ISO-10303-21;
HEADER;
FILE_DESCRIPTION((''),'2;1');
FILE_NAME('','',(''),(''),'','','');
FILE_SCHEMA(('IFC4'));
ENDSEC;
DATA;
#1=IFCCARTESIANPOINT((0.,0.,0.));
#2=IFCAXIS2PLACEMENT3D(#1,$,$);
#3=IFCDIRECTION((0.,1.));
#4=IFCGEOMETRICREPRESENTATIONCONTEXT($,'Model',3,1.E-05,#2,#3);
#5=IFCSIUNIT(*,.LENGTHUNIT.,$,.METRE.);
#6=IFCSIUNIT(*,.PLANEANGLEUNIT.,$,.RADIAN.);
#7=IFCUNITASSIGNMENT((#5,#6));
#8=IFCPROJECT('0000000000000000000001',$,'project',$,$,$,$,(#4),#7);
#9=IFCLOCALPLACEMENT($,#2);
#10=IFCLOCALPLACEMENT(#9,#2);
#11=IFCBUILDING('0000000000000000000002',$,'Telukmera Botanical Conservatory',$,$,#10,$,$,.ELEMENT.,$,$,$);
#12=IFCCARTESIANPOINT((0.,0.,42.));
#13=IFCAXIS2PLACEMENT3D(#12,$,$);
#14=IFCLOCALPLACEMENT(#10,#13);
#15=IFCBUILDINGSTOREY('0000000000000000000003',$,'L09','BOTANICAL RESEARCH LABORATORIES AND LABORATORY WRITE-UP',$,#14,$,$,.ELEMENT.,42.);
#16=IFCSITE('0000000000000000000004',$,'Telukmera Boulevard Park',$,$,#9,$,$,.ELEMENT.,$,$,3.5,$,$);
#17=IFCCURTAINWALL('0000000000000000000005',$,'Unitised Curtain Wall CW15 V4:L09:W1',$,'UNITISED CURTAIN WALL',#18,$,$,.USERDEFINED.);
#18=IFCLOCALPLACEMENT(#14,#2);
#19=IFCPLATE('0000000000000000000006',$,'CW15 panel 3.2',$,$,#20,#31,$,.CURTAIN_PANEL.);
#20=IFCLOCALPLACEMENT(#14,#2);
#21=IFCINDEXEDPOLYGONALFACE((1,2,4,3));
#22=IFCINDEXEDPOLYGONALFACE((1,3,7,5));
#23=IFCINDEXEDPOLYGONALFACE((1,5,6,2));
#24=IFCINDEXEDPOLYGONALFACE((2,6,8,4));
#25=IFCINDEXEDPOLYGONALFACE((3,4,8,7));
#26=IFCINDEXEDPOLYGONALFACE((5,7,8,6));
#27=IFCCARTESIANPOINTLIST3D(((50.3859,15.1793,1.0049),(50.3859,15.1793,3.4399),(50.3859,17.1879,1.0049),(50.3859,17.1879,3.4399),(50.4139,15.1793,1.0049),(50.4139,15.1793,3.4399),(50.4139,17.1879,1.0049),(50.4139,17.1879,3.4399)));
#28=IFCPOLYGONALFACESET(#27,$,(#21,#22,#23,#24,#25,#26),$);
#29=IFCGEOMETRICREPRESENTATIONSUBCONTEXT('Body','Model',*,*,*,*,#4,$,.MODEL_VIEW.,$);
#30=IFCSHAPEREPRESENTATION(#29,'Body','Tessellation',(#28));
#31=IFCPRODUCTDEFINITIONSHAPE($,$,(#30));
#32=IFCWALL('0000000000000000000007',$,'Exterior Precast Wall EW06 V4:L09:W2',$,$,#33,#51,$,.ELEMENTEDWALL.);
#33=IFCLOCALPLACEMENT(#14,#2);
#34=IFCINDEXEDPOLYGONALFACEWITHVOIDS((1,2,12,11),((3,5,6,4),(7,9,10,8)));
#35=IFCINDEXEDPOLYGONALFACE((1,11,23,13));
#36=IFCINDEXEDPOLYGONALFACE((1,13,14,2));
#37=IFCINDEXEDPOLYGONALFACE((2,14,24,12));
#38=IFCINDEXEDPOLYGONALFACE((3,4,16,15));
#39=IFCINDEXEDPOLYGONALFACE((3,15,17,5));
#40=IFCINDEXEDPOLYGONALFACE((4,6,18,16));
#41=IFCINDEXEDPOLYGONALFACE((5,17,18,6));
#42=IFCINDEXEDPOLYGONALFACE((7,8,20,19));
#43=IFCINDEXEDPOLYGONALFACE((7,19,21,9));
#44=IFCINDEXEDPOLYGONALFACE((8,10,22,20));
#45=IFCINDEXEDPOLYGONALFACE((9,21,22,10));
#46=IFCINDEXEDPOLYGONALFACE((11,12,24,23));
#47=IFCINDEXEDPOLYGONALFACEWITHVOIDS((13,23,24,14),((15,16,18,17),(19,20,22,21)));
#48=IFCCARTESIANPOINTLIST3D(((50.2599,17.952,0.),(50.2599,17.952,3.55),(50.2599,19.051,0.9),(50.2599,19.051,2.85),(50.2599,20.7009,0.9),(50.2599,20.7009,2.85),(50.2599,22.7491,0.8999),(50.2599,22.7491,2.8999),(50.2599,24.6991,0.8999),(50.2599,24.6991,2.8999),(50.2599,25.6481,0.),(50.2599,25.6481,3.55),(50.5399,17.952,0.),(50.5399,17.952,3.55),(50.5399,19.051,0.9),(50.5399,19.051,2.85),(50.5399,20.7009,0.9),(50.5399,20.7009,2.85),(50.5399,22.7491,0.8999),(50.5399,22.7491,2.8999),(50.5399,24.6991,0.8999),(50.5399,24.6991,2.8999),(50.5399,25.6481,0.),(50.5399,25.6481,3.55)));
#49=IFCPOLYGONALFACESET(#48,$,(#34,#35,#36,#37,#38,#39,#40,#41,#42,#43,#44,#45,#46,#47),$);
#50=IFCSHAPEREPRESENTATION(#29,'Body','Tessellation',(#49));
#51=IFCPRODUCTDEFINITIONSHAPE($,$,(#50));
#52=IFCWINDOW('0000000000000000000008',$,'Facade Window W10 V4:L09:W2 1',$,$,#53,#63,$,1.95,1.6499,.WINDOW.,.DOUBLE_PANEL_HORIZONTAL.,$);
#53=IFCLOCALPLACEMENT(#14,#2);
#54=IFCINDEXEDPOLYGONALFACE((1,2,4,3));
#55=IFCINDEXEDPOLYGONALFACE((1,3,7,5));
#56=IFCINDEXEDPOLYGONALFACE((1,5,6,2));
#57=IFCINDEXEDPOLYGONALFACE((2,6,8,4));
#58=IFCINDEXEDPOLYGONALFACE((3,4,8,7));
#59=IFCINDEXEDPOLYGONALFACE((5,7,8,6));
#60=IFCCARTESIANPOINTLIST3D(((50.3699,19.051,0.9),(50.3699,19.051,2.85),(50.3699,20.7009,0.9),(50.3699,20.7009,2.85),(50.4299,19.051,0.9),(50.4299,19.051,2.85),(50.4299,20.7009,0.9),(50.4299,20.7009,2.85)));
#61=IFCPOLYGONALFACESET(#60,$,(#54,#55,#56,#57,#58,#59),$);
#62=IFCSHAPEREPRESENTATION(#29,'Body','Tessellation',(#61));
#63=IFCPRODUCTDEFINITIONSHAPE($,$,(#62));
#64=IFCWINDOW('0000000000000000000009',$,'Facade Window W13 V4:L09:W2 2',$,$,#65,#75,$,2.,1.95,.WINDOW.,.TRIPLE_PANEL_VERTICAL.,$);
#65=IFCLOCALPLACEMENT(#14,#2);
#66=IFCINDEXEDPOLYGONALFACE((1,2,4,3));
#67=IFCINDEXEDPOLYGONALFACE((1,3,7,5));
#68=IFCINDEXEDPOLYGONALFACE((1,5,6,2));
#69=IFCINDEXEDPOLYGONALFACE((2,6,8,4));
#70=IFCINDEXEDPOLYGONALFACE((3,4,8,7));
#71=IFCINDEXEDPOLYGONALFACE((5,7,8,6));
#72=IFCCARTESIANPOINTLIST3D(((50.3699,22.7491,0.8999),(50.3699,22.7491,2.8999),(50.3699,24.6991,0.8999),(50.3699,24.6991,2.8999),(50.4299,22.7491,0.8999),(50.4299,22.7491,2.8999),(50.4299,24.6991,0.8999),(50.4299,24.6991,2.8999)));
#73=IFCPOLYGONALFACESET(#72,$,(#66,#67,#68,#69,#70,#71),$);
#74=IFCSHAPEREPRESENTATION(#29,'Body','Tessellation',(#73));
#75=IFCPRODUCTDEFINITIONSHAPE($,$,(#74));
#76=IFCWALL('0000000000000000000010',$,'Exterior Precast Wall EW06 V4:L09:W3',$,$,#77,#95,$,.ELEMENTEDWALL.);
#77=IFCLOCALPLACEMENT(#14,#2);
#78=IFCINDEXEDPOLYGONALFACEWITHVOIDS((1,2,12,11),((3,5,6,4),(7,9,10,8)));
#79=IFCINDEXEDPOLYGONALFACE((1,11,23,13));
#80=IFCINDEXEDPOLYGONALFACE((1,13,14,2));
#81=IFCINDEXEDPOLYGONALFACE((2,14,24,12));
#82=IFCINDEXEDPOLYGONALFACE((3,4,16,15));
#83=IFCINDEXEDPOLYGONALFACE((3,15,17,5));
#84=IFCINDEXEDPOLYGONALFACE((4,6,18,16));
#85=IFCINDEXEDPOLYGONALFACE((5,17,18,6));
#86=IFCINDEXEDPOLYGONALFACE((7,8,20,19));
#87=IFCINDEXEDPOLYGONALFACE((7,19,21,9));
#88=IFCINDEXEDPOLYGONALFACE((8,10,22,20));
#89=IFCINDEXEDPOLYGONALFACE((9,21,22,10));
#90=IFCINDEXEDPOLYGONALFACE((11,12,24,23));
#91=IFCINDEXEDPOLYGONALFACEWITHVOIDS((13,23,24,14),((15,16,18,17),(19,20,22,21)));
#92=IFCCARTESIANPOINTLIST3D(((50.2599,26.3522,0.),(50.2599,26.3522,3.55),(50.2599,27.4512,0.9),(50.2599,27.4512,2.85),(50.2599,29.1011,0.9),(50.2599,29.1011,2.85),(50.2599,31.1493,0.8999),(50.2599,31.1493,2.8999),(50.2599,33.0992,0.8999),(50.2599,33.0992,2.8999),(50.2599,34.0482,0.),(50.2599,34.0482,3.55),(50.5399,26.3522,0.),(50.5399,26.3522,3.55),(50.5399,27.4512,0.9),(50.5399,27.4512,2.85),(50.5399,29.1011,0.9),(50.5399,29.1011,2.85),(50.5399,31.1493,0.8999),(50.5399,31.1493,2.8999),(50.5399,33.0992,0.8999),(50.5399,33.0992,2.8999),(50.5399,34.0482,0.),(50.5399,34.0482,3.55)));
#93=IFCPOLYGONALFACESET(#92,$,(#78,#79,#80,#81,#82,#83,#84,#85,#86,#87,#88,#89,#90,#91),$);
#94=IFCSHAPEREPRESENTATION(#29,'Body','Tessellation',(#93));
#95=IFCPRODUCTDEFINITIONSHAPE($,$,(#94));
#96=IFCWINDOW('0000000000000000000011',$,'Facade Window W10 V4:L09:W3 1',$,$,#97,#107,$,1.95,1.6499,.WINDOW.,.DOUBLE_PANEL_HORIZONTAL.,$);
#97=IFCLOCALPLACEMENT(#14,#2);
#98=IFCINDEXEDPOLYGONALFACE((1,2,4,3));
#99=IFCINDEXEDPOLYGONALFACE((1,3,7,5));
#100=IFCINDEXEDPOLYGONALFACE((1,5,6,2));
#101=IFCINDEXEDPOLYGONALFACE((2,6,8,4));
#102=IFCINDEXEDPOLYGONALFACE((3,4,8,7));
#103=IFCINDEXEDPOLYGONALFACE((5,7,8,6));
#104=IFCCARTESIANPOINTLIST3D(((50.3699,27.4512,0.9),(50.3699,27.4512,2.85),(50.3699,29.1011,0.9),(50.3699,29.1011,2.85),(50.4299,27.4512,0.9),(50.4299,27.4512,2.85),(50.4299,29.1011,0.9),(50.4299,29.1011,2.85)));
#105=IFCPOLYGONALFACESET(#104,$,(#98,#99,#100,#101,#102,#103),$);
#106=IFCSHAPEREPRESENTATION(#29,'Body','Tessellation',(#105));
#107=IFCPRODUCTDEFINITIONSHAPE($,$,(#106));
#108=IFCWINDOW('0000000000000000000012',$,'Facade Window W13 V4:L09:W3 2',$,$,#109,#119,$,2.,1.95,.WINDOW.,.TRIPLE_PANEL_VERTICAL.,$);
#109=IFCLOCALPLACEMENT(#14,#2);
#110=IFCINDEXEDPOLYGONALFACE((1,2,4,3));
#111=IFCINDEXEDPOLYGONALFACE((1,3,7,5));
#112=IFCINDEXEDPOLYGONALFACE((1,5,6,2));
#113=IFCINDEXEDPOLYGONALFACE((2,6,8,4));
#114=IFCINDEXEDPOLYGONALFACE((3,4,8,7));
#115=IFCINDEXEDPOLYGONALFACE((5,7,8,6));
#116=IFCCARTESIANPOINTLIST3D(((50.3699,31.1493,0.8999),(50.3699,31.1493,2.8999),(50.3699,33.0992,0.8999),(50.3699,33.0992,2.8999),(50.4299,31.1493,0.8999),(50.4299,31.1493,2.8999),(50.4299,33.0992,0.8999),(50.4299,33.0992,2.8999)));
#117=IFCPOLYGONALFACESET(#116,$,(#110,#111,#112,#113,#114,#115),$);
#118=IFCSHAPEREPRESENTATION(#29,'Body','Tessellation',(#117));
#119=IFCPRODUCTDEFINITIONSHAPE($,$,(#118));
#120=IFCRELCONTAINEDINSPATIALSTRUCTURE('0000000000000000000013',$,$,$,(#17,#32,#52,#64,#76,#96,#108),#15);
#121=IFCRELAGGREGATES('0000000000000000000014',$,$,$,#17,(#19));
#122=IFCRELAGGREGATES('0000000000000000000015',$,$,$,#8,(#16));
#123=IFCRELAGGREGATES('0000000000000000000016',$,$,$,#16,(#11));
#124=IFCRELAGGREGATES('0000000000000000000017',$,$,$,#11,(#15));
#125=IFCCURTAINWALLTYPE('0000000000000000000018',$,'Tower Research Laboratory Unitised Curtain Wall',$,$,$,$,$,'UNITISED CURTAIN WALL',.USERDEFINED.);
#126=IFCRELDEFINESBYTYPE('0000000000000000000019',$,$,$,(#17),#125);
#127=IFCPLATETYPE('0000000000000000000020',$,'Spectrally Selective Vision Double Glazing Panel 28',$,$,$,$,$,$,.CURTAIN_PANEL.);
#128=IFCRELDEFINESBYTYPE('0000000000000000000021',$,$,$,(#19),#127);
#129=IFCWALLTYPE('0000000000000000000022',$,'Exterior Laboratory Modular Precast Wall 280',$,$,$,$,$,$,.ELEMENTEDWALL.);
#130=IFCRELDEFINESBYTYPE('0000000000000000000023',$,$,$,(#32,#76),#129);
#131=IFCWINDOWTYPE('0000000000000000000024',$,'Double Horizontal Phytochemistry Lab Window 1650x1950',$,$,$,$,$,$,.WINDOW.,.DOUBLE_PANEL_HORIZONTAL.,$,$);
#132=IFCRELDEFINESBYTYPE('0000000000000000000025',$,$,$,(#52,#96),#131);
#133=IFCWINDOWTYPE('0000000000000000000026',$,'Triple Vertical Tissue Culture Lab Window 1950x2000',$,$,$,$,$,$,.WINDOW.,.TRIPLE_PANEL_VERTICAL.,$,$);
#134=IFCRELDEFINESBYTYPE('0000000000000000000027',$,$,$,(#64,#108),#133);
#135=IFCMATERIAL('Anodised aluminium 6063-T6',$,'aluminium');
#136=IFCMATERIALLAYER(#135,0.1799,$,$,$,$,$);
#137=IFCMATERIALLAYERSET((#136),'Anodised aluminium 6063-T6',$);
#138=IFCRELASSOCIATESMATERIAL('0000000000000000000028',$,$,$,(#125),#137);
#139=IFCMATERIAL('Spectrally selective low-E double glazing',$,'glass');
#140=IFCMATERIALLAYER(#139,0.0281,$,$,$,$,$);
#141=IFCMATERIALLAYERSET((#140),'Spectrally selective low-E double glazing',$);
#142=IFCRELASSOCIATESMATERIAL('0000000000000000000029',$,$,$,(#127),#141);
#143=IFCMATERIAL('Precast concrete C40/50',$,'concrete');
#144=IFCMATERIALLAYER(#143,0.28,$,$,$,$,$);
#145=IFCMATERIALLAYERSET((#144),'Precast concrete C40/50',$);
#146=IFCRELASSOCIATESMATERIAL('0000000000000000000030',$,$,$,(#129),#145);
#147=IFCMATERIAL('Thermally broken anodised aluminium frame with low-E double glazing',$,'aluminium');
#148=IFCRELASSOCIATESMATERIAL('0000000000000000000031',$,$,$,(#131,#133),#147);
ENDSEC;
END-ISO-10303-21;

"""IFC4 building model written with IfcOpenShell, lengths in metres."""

from ifc_helpers import new_model, si_unit, direction, frame, frame_2d, origin, origin_2d, place, context, subcontext, project, spatial, rectangle, extrude, material, layer, layer_set, type_object, element, fill, aggregate, save


model = new_model("IFC4")

# Units and contexts
model_context = context("Model", 3, precision=1e-05, world=origin(), true_north=direction((0.0, 1.0)))
body_context = subcontext(model_context, "Body", "Model", "MODEL_VIEW")
ifc_project = project(units=[si_unit("LENGTHUNIT", "METRE"), si_unit("PLANEANGLEUNIT", "RADIAN")], contexts=[model_context])

# Site, building, storey
site_placement = place(None, origin())
site = spatial("IfcSite", under=ifc_project, at=site_placement, Name="Telukmera Boulevard Park", CompositionType="ELEMENT", RefElevation=3.5)
building_placement = place(site_placement, origin())
building = spatial("IfcBuilding", under=site, at=building_placement, Name="Telukmera Botanical Conservatory", CompositionType="ELEMENT")
storey_placement = place(building_placement, frame((0.0, 0.0, 42.0)))
storey = spatial("IfcBuildingStorey", under=building, at=storey_placement, Name="L09", Description="BOTANICAL RESEARCH LABORATORIES AND LABORATORY WRITE-UP", CompositionType="ELEMENT", Elevation=42.0)

# Shared definitions
ifc_material_1 = material(Name="Precast concrete C40/50", Category="concrete")

# Curtain wall
ifc_material_2 = material(Name="Anodised aluminium 6063-T6", Category="aluminium")
ifc_layer_1 = layer(ifc_material_2, 0.1799)
ifc_layer_set_1 = layer_set([ifc_layer_1], Name="Anodised aluminium 6063-T6")
curtain_wall_type = type_object("IfcCurtainWallType", Name="Tower Research Laboratory Unitised Curtain Wall", ElementType="UNITISED CURTAIN WALL", PredefinedType="USERDEFINED", material=ifc_layer_set_1)
curtain_wall_1_placement = place(storey_placement, origin())
curtain_wall_1 = element("IfcCurtainWall", 1, at=curtain_wall_1_placement, inside=storey, type_object=curtain_wall_type, Name="Unitised Curtain Wall CW15 V4:L09:W1", ObjectType="UNITISED CURTAIN WALL", PredefinedType="USERDEFINED")

# Plate
ifc_material_3 = material(Name="Spectrally selective low-E double glazing", Category="glass")
ifc_layer_2 = layer(ifc_material_3, 0.0281)
ifc_layer_set_2 = layer_set([ifc_layer_2], Name="Spectrally selective low-E double glazing")
plate_type = type_object("IfcPlateType", Name="Spectrally Selective Vision Double Glazing Panel 28", PredefinedType="CURTAIN_PANEL", material=ifc_layer_set_2)
plate_1_placement = place(storey_placement, frame((50.3999, 16.1836, 1.0049), z_axis=(0.0, 0.0, 1.0), x_axis=(0.0, 1.0, 0.0)))
plate_1 = element("IfcPlate", 2, at=plate_1_placement, type_object=plate_type, Name="CW15 panel 3.2", PredefinedType="CURTAIN_PANEL", context=body_context, shape_type="SweptSolid", body=[
    extrude(rectangle(XDim=2.0085, YDim=0.0281, at=origin_2d()), origin(), (0.0, 0.0, 1.0), 2.4351),
])
aggregate(curtain_wall_1, [plate_1])

# Walls, openings, windows
ifc_layer_3 = layer(ifc_material_1, 0.28)
ifc_layer_set_3 = layer_set([ifc_layer_3], Name="Precast concrete C40/50")
wall_type = type_object("IfcWallType", Name="Exterior Laboratory Modular Precast Wall 280", PredefinedType="ELEMENTEDWALL", material=ifc_layer_set_3)
wall_1_placement = place(storey_placement, frame((50.3999, 17.9519, 0.0), z_axis=(0.0, 0.0, 1.0), x_axis=(0.0, 1.0, 0.0)))
wall_1 = element("IfcWall", 3, at=wall_1_placement, inside=storey, type_object=wall_type, Name="Exterior Precast Wall EW06 V4:L09:W2", PredefinedType="ELEMENTEDWALL", context=body_context, shape_type="SweptSolid", body=[
    extrude(rectangle(XDim=7.696, YDim=0.28, at=frame_2d((3.8481, 0.0))), origin(), (0.0, 0.0, 1.0), 3.55),
])
opening_1_placement = place(wall_1_placement, frame((1.0991, 0.0, 0.8999)))
opening_1 = element("IfcOpeningElement", 4, at=opening_1_placement, cuts=wall_1, PredefinedType="OPENING", context=body_context, shape_type="SweptSolid", body=[
    extrude(rectangle(XDim=1.6499, YDim=1.95, at=frame_2d((0.825, 0.9751))), frame((0.0, 0.1499, 0.0), z_axis=(0.0, -1.0, 0.0), x_axis=(1.0, 0.0, 0.0)), (0.0, 0.0, 1.0), 0.3),
])
opening_2_placement = place(wall_1_placement, frame((4.7971, 0.0, 0.8999)))
opening_2 = element("IfcOpeningElement", 5, at=opening_2_placement, cuts=wall_1, PredefinedType="OPENING", context=body_context, shape_type="SweptSolid", body=[
    extrude(rectangle(XDim=1.95, YDim=2.0, at=frame_2d((0.9751, 1.0))), frame((0.0, 0.1499, 0.0), z_axis=(0.0, -1.0, 0.0), x_axis=(1.0, 0.0, 0.0)), (0.0, 0.0, 1.0), 0.3),
])
ifc_material_4 = material(Name="Thermally broken anodised aluminium frame with low-E double glazing", Category="aluminium")
window_type_1 = type_object("IfcWindowType", Name="Double Horizontal Phytochemistry Lab Window 1650x1950", PartitioningType="DOUBLE_PANEL_HORIZONTAL", PredefinedType="WINDOW", material=ifc_material_4)
window_1_placement = place(opening_1_placement, origin())
window_1 = element("IfcWindow", 6, at=window_1_placement, inside=storey, type_object=window_type_1, Name="Facade Window W10 V4:L09:W2 1", OverallHeight=1.95, OverallWidth=1.6499, PartitioningType="DOUBLE_PANEL_HORIZONTAL", PredefinedType="WINDOW", context=body_context, shape_type="SweptSolid", body=[
    extrude(rectangle(XDim=1.6499, YDim=1.95, at=frame_2d((0.825, 0.9751))), frame((0.0, 0.03, 0.0), z_axis=(0.0, -1.0, 0.0), x_axis=(1.0, 0.0, 0.0)), (0.0, 0.0, 1.0), 0.0601),
])
fill(opening_1, window_1)
window_type_2 = type_object("IfcWindowType", Name="Triple Vertical Tissue Culture Lab Window 1950x2000", PartitioningType="TRIPLE_PANEL_VERTICAL", PredefinedType="WINDOW", material=ifc_material_4)
window_2_placement = place(opening_2_placement, origin())
window_2 = element("IfcWindow", 7, at=window_2_placement, inside=storey, type_object=window_type_2, Name="Facade Window W13 V4:L09:W2 2", OverallHeight=2.0, OverallWidth=1.95, PartitioningType="TRIPLE_PANEL_VERTICAL", PredefinedType="WINDOW", context=body_context, shape_type="SweptSolid", body=[
    extrude(rectangle(XDim=1.95, YDim=2.0, at=frame_2d((0.9751, 1.0))), frame((0.0, 0.03, 0.0), z_axis=(0.0, -1.0, 0.0), x_axis=(1.0, 0.0, 0.0)), (0.0, 0.0, 1.0), 0.0601),
])
fill(opening_2, window_2)
wall_2_placement = place(storey_placement, frame((50.3999, 26.3521, 0.0), z_axis=(0.0, 0.0, 1.0), x_axis=(0.0, 1.0, 0.0)))
wall_2 = element("IfcWall", 8, at=wall_2_placement, inside=storey, type_object=wall_type, Name="Exterior Precast Wall EW06 V4:L09:W3", PredefinedType="ELEMENTEDWALL", context=body_context, shape_type="SweptSolid", body=[
    extrude(rectangle(XDim=7.696, YDim=0.28, at=frame_2d((3.8481, 0.0))), origin(), (0.0, 0.0, 1.0), 3.55),
])
opening_3_placement = place(wall_2_placement, frame((1.0991, 0.0, 0.8999)))
opening_3 = element("IfcOpeningElement", 9, at=opening_3_placement, cuts=wall_2, PredefinedType="OPENING", context=body_context, shape_type="SweptSolid", body=[
    extrude(rectangle(XDim=1.6499, YDim=1.95, at=frame_2d((0.825, 0.9751))), frame((0.0, 0.1499, 0.0), z_axis=(0.0, -1.0, 0.0), x_axis=(1.0, 0.0, 0.0)), (0.0, 0.0, 1.0), 0.3),
])
opening_4_placement = place(wall_2_placement, frame((4.7971, 0.0, 0.8999)))
opening_4 = element("IfcOpeningElement", 10, at=opening_4_placement, cuts=wall_2, PredefinedType="OPENING", context=body_context, shape_type="SweptSolid", body=[
    extrude(rectangle(XDim=1.95, YDim=2.0, at=frame_2d((0.9751, 1.0))), frame((0.0, 0.1499, 0.0), z_axis=(0.0, -1.0, 0.0), x_axis=(1.0, 0.0, 0.0)), (0.0, 0.0, 1.0), 0.3),
])
window_3_placement = place(opening_3_placement, origin())
window_3 = element("IfcWindow", 11, at=window_3_placement, inside=storey, type_object=window_type_1, Name="Facade Window W10 V4:L09:W3 1", OverallHeight=1.95, OverallWidth=1.6499, PartitioningType="DOUBLE_PANEL_HORIZONTAL", PredefinedType="WINDOW", context=body_context, shape_type="SweptSolid", body=[
    extrude(rectangle(XDim=1.6499, YDim=1.95, at=frame_2d((0.825, 0.9751))), frame((0.0, 0.03, 0.0), z_axis=(0.0, -1.0, 0.0), x_axis=(1.0, 0.0, 0.0)), (0.0, 0.0, 1.0), 0.0601),
])
fill(opening_3, window_3)
window_4_placement = place(opening_4_placement, origin())
window_4 = element("IfcWindow", 12, at=window_4_placement, inside=storey, type_object=window_type_2, Name="Facade Window W13 V4:L09:W3 2", OverallHeight=2.0, OverallWidth=1.95, PartitioningType="TRIPLE_PANEL_VERTICAL", PredefinedType="WINDOW", context=body_context, shape_type="SweptSolid", body=[
    extrude(rectangle(XDim=1.95, YDim=2.0, at=frame_2d((0.9751, 1.0))), frame((0.0, 0.03, 0.0), z_axis=(0.0, -1.0, 0.0), x_axis=(1.0, 0.0, 0.0)), (0.0, 0.0, 1.0), 0.0601),
])
fill(opening_4, window_4)

save(model, "model.ifc")
